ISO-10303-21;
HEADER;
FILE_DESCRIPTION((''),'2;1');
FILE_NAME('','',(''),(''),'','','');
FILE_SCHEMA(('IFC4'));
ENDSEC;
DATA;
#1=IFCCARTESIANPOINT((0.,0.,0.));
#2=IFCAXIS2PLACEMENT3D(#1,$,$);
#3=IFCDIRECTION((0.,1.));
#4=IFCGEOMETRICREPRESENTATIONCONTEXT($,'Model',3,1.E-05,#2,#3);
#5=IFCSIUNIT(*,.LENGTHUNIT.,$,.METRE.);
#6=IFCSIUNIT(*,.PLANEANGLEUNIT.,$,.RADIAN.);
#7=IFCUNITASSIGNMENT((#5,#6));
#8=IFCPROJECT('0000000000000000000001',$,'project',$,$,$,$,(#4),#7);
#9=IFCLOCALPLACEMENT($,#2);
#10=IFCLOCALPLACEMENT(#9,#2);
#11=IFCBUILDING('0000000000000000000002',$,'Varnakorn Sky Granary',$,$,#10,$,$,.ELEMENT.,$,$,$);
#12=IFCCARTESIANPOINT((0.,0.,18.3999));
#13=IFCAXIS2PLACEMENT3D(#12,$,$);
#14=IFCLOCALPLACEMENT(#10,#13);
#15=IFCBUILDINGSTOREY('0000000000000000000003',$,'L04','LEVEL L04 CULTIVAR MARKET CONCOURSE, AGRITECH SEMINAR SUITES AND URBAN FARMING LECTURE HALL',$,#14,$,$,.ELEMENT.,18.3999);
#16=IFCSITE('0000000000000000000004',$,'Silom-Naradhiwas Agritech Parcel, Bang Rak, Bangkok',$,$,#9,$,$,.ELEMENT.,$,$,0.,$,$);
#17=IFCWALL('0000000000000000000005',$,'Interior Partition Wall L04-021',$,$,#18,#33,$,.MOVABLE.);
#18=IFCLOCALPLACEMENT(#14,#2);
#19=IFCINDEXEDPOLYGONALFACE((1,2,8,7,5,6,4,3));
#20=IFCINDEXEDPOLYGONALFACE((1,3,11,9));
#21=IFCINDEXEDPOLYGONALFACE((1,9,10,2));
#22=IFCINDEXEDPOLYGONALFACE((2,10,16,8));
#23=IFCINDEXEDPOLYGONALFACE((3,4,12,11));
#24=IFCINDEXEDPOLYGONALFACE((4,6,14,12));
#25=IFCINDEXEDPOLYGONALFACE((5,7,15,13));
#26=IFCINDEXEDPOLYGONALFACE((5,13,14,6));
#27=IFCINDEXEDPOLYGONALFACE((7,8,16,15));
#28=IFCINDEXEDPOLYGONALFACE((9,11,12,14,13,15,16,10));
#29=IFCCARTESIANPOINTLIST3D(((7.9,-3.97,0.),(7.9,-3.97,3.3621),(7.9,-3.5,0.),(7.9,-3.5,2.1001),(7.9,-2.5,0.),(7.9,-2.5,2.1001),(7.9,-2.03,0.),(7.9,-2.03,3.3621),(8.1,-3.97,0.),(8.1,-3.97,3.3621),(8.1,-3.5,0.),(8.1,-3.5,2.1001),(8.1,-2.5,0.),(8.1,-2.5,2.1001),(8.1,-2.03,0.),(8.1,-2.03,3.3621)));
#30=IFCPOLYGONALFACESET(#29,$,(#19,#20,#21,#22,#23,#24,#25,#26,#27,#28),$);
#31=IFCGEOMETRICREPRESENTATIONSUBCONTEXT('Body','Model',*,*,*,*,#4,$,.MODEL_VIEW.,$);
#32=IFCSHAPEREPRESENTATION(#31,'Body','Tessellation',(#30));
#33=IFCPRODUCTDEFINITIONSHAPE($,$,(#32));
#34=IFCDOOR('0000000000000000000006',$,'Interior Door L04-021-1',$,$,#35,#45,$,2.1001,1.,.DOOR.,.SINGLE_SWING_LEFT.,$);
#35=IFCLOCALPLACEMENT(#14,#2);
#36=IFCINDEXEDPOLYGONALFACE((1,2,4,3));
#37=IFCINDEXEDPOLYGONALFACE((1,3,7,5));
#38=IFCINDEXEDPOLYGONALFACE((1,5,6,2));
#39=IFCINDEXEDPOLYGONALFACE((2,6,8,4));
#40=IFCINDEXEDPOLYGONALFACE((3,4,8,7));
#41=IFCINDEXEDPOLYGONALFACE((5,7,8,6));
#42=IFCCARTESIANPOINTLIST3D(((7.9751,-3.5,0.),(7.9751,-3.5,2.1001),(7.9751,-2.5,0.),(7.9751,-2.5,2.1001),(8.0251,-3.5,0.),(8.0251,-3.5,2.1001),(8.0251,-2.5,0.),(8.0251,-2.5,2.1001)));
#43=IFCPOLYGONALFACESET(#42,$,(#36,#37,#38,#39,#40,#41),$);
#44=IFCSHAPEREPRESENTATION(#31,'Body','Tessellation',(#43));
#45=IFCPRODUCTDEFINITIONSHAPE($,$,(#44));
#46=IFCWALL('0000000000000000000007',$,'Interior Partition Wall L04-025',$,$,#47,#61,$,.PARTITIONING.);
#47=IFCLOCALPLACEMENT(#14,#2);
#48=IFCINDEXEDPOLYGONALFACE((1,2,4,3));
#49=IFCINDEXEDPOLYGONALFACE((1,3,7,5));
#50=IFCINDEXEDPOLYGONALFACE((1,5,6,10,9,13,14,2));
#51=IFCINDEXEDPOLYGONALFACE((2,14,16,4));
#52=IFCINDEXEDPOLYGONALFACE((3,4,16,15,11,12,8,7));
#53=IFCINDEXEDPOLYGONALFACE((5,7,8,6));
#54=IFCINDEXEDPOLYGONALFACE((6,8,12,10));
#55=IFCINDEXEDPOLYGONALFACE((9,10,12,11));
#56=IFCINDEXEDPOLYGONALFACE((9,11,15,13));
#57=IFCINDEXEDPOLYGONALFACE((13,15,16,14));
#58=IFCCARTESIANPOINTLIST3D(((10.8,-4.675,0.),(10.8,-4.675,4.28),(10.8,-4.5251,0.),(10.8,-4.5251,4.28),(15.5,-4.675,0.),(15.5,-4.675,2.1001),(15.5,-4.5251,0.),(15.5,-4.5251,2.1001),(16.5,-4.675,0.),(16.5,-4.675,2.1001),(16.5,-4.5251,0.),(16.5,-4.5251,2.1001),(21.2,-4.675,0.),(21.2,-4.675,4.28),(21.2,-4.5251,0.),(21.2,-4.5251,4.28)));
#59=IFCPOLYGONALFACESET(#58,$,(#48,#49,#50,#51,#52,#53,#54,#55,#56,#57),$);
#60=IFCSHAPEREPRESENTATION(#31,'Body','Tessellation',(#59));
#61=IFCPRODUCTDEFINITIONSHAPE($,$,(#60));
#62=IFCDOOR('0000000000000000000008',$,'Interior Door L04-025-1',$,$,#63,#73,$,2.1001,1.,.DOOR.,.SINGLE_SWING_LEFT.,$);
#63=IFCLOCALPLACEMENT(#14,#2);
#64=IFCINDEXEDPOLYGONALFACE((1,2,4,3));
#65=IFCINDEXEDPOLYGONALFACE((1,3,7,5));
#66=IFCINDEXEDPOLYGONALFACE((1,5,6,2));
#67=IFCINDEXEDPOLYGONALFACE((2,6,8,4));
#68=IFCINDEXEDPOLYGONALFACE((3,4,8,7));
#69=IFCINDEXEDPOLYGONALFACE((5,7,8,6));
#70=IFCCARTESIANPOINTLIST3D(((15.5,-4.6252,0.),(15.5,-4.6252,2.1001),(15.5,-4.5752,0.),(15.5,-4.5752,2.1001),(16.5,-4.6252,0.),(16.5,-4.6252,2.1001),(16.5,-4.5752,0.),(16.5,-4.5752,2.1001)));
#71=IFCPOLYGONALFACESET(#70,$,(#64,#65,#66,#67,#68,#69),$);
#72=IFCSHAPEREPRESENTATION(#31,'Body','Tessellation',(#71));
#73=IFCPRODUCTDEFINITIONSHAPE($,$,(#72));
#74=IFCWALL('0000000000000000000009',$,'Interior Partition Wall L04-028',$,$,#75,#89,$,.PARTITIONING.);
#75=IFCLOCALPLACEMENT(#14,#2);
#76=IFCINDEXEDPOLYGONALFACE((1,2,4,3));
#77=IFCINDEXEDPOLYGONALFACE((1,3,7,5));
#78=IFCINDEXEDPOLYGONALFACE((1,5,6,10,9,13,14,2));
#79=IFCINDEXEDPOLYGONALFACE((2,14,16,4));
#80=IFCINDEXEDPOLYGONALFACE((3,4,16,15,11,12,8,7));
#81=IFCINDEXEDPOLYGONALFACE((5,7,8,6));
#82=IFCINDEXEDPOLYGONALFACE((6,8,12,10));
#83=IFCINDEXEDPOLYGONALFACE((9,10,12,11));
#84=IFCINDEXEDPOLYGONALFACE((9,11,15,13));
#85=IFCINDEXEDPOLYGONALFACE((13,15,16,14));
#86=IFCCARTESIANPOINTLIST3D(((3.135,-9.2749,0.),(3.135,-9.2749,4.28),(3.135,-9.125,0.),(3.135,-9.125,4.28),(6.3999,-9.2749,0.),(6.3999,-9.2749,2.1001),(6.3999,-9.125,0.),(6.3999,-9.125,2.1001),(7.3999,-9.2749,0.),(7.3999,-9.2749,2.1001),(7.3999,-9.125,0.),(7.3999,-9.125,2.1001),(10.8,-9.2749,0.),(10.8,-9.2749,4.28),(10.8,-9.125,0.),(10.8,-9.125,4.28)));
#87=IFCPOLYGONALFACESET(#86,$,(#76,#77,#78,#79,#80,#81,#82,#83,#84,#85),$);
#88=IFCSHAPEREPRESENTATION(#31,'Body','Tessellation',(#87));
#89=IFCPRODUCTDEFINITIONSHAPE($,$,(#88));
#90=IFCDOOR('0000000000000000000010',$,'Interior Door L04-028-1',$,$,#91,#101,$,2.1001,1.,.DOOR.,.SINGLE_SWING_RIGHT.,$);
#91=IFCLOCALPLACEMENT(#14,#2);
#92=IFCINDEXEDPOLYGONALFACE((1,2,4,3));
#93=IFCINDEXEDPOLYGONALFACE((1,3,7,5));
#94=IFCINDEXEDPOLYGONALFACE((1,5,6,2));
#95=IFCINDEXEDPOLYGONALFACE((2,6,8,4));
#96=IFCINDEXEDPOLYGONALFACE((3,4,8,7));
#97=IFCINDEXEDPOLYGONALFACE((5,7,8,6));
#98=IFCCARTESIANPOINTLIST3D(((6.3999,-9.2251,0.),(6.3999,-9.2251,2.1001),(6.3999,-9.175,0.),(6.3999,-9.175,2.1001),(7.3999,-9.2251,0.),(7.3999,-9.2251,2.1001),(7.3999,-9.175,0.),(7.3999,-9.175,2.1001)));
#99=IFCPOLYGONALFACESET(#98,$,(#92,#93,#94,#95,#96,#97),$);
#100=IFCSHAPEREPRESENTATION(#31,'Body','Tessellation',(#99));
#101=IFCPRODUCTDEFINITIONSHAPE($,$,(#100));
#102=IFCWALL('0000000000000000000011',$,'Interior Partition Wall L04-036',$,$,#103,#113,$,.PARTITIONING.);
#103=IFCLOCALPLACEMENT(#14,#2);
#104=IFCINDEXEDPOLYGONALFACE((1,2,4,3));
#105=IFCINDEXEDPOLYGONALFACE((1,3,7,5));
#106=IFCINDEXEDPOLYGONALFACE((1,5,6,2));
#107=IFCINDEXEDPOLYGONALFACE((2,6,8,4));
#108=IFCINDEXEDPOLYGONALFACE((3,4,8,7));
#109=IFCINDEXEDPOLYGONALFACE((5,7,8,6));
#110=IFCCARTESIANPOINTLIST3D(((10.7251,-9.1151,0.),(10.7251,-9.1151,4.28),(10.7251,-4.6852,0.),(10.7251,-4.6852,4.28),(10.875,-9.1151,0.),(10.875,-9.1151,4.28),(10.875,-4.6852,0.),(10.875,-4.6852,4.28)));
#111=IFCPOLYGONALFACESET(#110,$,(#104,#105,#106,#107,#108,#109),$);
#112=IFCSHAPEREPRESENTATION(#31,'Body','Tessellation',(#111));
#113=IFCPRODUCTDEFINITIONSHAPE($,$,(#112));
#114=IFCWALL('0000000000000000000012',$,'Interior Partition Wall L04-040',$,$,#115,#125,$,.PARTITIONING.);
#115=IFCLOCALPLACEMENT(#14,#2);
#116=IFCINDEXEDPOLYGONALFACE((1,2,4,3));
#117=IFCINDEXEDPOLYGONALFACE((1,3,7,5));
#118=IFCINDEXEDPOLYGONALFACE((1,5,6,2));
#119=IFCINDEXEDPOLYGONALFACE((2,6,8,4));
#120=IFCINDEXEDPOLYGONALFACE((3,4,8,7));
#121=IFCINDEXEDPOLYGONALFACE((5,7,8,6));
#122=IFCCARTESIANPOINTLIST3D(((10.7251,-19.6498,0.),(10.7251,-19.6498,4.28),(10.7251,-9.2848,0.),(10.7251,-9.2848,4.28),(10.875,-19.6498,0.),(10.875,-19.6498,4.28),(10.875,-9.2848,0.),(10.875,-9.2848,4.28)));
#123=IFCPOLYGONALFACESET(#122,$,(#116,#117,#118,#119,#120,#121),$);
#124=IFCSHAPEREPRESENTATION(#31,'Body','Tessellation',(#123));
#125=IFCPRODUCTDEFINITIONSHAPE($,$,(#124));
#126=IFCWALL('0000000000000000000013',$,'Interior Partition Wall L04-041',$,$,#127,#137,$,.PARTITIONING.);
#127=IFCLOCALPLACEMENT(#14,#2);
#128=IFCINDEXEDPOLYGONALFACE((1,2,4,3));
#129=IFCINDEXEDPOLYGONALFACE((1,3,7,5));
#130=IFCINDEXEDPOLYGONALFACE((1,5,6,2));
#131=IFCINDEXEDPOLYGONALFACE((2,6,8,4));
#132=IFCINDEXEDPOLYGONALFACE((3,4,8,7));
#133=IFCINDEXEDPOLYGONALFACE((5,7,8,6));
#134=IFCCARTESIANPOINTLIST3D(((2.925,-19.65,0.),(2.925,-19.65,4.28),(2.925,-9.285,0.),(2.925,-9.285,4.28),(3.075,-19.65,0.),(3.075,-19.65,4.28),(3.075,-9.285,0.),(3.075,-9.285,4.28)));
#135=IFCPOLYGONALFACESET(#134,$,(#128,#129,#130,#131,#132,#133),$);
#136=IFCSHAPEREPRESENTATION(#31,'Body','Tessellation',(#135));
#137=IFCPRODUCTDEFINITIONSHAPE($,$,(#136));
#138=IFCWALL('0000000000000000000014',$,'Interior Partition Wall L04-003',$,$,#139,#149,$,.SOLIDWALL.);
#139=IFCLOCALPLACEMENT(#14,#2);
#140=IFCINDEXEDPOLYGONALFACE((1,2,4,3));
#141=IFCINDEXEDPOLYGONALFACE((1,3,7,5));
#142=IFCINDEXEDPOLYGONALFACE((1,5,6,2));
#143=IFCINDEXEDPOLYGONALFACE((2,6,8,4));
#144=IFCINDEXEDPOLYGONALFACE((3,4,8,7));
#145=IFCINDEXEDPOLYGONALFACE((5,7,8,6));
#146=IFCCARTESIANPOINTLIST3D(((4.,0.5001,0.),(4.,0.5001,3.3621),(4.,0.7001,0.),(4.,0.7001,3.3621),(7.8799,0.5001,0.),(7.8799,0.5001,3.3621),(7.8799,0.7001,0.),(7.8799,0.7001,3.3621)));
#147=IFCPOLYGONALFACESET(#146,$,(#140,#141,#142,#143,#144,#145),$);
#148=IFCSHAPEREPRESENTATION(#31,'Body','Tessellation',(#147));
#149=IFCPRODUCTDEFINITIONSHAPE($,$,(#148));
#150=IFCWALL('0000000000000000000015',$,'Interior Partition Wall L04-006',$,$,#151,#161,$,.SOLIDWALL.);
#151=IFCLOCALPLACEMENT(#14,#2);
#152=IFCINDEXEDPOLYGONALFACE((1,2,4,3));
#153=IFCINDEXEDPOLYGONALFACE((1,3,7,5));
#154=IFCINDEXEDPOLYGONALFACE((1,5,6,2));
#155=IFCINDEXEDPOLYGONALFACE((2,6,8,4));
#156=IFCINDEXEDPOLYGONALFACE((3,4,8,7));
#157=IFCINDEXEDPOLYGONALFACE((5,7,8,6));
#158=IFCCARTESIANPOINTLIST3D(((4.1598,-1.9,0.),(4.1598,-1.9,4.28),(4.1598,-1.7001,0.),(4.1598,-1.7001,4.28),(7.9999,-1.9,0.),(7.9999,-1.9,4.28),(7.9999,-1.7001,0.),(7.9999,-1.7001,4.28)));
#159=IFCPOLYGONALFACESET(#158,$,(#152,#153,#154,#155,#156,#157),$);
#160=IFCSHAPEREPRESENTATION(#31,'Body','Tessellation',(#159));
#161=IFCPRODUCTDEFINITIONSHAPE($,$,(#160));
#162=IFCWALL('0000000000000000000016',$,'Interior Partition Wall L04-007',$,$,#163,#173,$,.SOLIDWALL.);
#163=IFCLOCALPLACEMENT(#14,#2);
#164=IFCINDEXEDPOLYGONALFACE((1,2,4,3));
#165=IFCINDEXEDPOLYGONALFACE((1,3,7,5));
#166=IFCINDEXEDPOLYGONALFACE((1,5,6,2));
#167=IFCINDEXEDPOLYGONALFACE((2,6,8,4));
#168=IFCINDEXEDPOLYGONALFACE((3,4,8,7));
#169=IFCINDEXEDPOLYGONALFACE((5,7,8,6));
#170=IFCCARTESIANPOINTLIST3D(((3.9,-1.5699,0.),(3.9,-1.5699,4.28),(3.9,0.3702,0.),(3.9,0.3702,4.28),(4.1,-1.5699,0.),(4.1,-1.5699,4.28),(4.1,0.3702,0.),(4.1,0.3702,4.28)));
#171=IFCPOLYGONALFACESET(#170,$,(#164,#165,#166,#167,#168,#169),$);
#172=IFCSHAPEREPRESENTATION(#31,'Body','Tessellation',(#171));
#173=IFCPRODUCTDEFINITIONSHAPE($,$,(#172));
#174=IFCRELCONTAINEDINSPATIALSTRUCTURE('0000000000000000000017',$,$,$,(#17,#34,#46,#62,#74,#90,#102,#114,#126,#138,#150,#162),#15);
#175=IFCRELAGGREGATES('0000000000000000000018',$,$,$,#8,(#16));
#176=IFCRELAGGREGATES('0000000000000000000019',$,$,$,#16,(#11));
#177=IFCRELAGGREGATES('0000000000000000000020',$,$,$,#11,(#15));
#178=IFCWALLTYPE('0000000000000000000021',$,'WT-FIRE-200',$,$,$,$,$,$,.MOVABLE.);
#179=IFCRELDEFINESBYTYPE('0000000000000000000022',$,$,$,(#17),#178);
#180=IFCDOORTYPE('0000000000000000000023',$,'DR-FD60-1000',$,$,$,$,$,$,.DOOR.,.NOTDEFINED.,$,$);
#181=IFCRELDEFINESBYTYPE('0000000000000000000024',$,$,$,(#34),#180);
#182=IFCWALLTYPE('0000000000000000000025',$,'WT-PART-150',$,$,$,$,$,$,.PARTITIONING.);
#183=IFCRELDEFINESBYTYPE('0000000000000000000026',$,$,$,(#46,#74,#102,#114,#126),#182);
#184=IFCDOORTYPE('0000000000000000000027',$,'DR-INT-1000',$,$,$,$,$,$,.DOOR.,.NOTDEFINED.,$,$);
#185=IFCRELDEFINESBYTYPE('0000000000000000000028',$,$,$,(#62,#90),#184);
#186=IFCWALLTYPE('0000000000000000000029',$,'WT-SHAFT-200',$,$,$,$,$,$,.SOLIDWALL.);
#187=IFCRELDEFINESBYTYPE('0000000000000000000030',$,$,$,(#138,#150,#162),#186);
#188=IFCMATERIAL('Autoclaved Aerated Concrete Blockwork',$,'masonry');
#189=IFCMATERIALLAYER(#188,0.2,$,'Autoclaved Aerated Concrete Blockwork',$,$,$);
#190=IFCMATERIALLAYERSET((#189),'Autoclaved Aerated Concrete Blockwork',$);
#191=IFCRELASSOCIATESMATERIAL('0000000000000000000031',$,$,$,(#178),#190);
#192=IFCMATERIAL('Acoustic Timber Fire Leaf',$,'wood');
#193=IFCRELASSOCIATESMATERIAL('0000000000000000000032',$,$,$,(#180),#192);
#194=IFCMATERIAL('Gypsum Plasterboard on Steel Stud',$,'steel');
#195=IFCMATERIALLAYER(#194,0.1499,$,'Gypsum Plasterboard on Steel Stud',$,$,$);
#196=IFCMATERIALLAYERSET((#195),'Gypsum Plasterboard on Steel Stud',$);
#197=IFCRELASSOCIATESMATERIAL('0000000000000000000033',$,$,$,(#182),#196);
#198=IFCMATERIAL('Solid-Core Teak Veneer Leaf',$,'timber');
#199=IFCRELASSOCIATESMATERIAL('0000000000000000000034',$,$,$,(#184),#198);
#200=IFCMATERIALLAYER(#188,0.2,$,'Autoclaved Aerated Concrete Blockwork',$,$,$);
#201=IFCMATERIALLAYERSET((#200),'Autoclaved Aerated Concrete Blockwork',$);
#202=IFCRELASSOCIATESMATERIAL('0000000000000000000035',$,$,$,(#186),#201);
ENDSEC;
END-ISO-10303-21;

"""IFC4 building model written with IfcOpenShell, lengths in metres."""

from ifc_helpers import new_model, si_unit, direction, frame, frame_2d, origin, place, context, subcontext, project, spatial, rectangle, extrude, material, layer, layer_set, type_object, element, fill, save


model = new_model("IFC4")

# Units and contexts
model_context = context("Model", 3, precision=1e-05, world=origin(), true_north=direction((0.0, 1.0)))
body_context = subcontext(model_context, "Body", "Model", "MODEL_VIEW")
ifc_project = project(units=[si_unit("LENGTHUNIT", "METRE"), si_unit("PLANEANGLEUNIT", "RADIAN")], contexts=[model_context])

# Site, building, storey
site_placement = place(None, origin())
site = spatial("IfcSite", under=ifc_project, at=site_placement, Name="Silom-Naradhiwas Agritech Parcel, Bang Rak, Bangkok", CompositionType="ELEMENT", RefElevation=0.0)
building_placement = place(site_placement, origin())
building = spatial("IfcBuilding", under=site, at=building_placement, Name="Varnakorn Sky Granary", CompositionType="ELEMENT")
storey_placement = place(building_placement, frame((0.0, 0.0, 18.3999)))
storey = spatial("IfcBuildingStorey", under=building, at=storey_placement, Name="L04", Description="LEVEL L04 CULTIVAR MARKET CONCOURSE, AGRITECH SEMINAR SUITES AND URBAN FARMING LECTURE HALL", CompositionType="ELEMENT", Elevation=18.3999)

# Walls, openings, doors
ifc_material_1 = material(Name="Autoclaved Aerated Concrete Blockwork", Category="masonry")
ifc_layer_1 = layer(ifc_material_1, 0.2, Name="Autoclaved Aerated Concrete Blockwork")
ifc_layer_set_1 = layer_set([ifc_layer_1], Name="Autoclaved Aerated Concrete Blockwork")
wall_type_1 = type_object("IfcWallType", Name="WT-FIRE-200", PredefinedType="MOVABLE", material=ifc_layer_set_1)
ifc_material_2 = material(Name="Acoustic Timber Fire Leaf", Category="wood")
door_type_1 = type_object("IfcDoorType", Name="DR-FD60-1000", OperationType="NOTDEFINED", PredefinedType="DOOR", material=ifc_material_2)
wall_1_placement = place(storey_placement, frame((8.0, -3.97, 0.0), z_axis=(0.0, 0.0, 1.0), x_axis=(0.0, 1.0, 0.0)))
wall_1 = element("IfcWall", 1, at=wall_1_placement, inside=storey, type_object=wall_type_1, Name="Interior Partition Wall L04-021", PredefinedType="MOVABLE", context=body_context, shape_type="SweptSolid", body=[
    extrude(rectangle(XDim=1.9399, YDim=0.2, at=frame_2d((0.97, 0.0))), origin(), (0.0, 0.0, 1.0), 3.3621),
])
opening_1_placement = place(wall_1_placement, frame((0.47, 0.0, 0.0)))
opening_1 = element("IfcOpeningElement", 2, at=opening_1_placement, cuts=wall_1, PredefinedType="OPENING", context=body_context, shape_type="SweptSolid", body=[
    extrude(rectangle(XDim=1.0, YDim=2.1001, at=frame_2d((0.5, 1.05))), frame((0.0, 0.1099, 0.0), z_axis=(0.0, -1.0, 0.0), x_axis=(1.0, 0.0, 0.0)), (0.0, 0.0, 1.0), 0.22),
])
door_1_placement = place(opening_1_placement, origin())
door_1 = element("IfcDoor", 3, at=door_1_placement, inside=storey, type_object=door_type_1, Name="Interior Door L04-021-1", OperationType="SINGLE_SWING_LEFT", OverallHeight=2.1001, OverallWidth=1.0, PredefinedType="DOOR", context=body_context, shape_type="SweptSolid", body=[
    extrude(rectangle(XDim=1.0, YDim=2.1001, at=frame_2d((0.5, 1.05))), frame((0.0, 0.0249, 0.0), z_axis=(0.0, -1.0, 0.0), x_axis=(1.0, 0.0, 0.0)), (0.0, 0.0, 1.0), 0.05),
])
fill(opening_1, door_1)
ifc_material_3 = material(Name="Gypsum Plasterboard on Steel Stud", Category="steel")
ifc_layer_2 = layer(ifc_material_3, 0.1499, Name="Gypsum Plasterboard on Steel Stud")
ifc_layer_set_2 = layer_set([ifc_layer_2], Name="Gypsum Plasterboard on Steel Stud")
wall_type_2 = type_object("IfcWallType", Name="WT-PART-150", PredefinedType="PARTITIONING", material=ifc_layer_set_2)
wall_2_placement = place(storey_placement, frame((10.8, -4.6001, 0.0), z_axis=(0.0, 0.0, 1.0), x_axis=(1.0, 0.0, 0.0)))
wall_2 = element("IfcWall", 4, at=wall_2_placement, inside=storey, type_object=wall_type_2, Name="Interior Partition Wall L04-025", PredefinedType="PARTITIONING", context=body_context, shape_type="SweptSolid", body=[
    extrude(rectangle(XDim=10.3999, YDim=0.1499, at=frame_2d((5.2, 0.0))), origin(), (0.0, 0.0, 1.0), 4.28),
])
opening_2_placement = place(wall_2_placement, frame((4.7, 0.0, 0.0)))
opening_2 = element("IfcOpeningElement", 5, at=opening_2_placement, cuts=wall_2, PredefinedType="OPENING", context=body_context, shape_type="SweptSolid", body=[
    extrude(rectangle(XDim=1.0, YDim=2.1001, at=frame_2d((0.5, 1.05))), frame((0.0, 0.085, 0.0), z_axis=(0.0, -1.0, 0.0), x_axis=(1.0, 0.0, 0.0)), (0.0, 0.0, 1.0), 0.1699),
])
ifc_material_4 = material(Name="Solid-Core Teak Veneer Leaf", Category="timber")
door_type_2 = type_object("IfcDoorType", Name="DR-INT-1000", OperationType="NOTDEFINED", PredefinedType="DOOR", material=ifc_material_4)
door_2_placement = place(opening_2_placement, origin())
door_2 = element("IfcDoor", 6, at=door_2_placement, inside=storey, type_object=door_type_2, Name="Interior Door L04-025-1", OperationType="SINGLE_SWING_LEFT", OverallHeight=2.1001, OverallWidth=1.0, PredefinedType="DOOR", context=body_context, shape_type="SweptSolid", body=[
    extrude(rectangle(XDim=1.0, YDim=2.1001, at=frame_2d((0.5, 1.05))), frame((0.0, 0.0249, 0.0), z_axis=(0.0, -1.0, 0.0), x_axis=(1.0, 0.0, 0.0)), (0.0, 0.0, 1.0), 0.05),
])
fill(opening_2, door_2)
wall_3_placement = place(storey_placement, frame((3.135, -9.2, 0.0), z_axis=(0.0, 0.0, 1.0), x_axis=(1.0, 0.0, 0.0)))
wall_3 = element("IfcWall", 7, at=wall_3_placement, inside=storey, type_object=wall_type_2, Name="Interior Partition Wall L04-028", PredefinedType="PARTITIONING", context=body_context, shape_type="SweptSolid", body=[
    extrude(rectangle(XDim=7.665, YDim=0.1499, at=frame_2d((3.8325, 0.0))), origin(), (0.0, 0.0, 1.0), 4.28),
])
opening_3_placement = place(wall_3_placement, frame((3.2649, 0.0, 0.0)))
opening_3 = element("IfcOpeningElement", 8, at=opening_3_placement, cuts=wall_3, PredefinedType="OPENING", context=body_context, shape_type="SweptSolid", body=[
    extrude(rectangle(XDim=1.0, YDim=2.1001, at=frame_2d((0.5, 1.05))), frame((0.0, 0.085, 0.0), z_axis=(0.0, -1.0, 0.0), x_axis=(1.0, 0.0, 0.0)), (0.0, 0.0, 1.0), 0.1699),
])
door_3_placement = place(opening_3_placement, origin())
door_3 = element("IfcDoor", 9, at=door_3_placement, inside=storey, type_object=door_type_2, Name="Interior Door L04-028-1", OperationType="SINGLE_SWING_RIGHT", OverallHeight=2.1001, OverallWidth=1.0, PredefinedType="DOOR", context=body_context, shape_type="SweptSolid", body=[
    extrude(rectangle(XDim=1.0, YDim=2.1001, at=frame_2d((0.5, 1.05))), frame((0.0, 0.0249, 0.0), z_axis=(0.0, -1.0, 0.0), x_axis=(1.0, 0.0, 0.0)), (0.0, 0.0, 1.0), 0.05),
])
fill(opening_3, door_3)

# Walls
wall_4_placement = place(storey_placement, frame((10.8, -9.115, 0.0), z_axis=(0.0, 0.0, 1.0), x_axis=(0.0, 1.0, 0.0)))
element("IfcWall", 10, at=wall_4_placement, inside=storey, type_object=wall_type_2, Name="Interior Partition Wall L04-036", PredefinedType="PARTITIONING", context=body_context, shape_type="SweptSolid", body=[
    extrude(rectangle(XDim=4.4299, YDim=0.1499, at=frame_2d((2.2148, 0.0))), origin(), (0.0, 0.0, 1.0), 4.28),
])
for number, where, z_axis, x_axis, name in (
    (11, (10.8, -19.6499, 0.0), (0.0, 0.0, 1.0), (0.0, 1.0, 0.0), "Interior Partition Wall L04-040"),
    (12, (3.0, -9.2849, 0.0), (0.0, 0.0, 1.0), (0.0, -1.0, 0.0), "Interior Partition Wall L04-041"),
):
    element("IfcWall", number, at=place(storey_placement, frame(where, z_axis=z_axis, x_axis=x_axis)), inside=storey, type_object=wall_type_2, Name=name, PredefinedType="PARTITIONING", context=body_context, shape_type="SweptSolid", body=[
        extrude(rectangle(XDim=10.365, YDim=0.1499, at=frame_2d((5.1826, 0.0))), origin(), (0.0, 0.0, 1.0), 4.28),
    ])
ifc_layer_3 = layer(ifc_material_1, 0.2, Name="Autoclaved Aerated Concrete Blockwork")
ifc_layer_set_3 = layer_set([ifc_layer_3], Name="Autoclaved Aerated Concrete Blockwork")
wall_type_3 = type_object("IfcWallType", Name="WT-SHAFT-200", PredefinedType="SOLIDWALL", material=ifc_layer_set_3)
wall_5_placement = place(storey_placement, frame((4.0, 0.6001, 0.0), z_axis=(0.0, 0.0, 1.0), x_axis=(1.0, 0.0, 0.0)))
element("IfcWall", 13, at=wall_5_placement, inside=storey, type_object=wall_type_3, Name="Interior Partition Wall L04-003", PredefinedType="SOLIDWALL", context=body_context, shape_type="SweptSolid", body=[
    extrude(rectangle(XDim=3.8799, YDim=0.2, at=frame_2d((1.9399, 0.0))), origin(), (0.0, 0.0, 1.0), 3.3621),
])
wall_6_placement = place(storey_placement, frame((4.1599, -1.8, 0.0), z_axis=(0.0, 0.0, 1.0), x_axis=(1.0, 0.0, 0.0)))
element("IfcWall", 14, at=wall_6_placement, inside=storey, type_object=wall_type_3, Name="Interior Partition Wall L04-006", PredefinedType="SOLIDWALL", context=body_context, shape_type="SweptSolid", body=[
    extrude(rectangle(XDim=3.8401, YDim=0.2, at=frame_2d((1.9199, 0.0))), origin(), (0.0, 0.0, 1.0), 4.28),
])
wall_7_placement = place(storey_placement, frame((4.0, -1.5701, 0.0), z_axis=(0.0, 0.0, 1.0), x_axis=(0.0, 1.0, 0.0)))
element("IfcWall", 15, at=wall_7_placement, inside=storey, type_object=wall_type_3, Name="Interior Partition Wall L04-007", PredefinedType="SOLIDWALL", context=body_context, shape_type="SweptSolid", body=[
    extrude(rectangle(XDim=1.9402, YDim=0.2, at=frame_2d((0.9702, 0.0))), origin(), (0.0, 0.0, 1.0), 4.28),
])

save(model, "model.ifc")
